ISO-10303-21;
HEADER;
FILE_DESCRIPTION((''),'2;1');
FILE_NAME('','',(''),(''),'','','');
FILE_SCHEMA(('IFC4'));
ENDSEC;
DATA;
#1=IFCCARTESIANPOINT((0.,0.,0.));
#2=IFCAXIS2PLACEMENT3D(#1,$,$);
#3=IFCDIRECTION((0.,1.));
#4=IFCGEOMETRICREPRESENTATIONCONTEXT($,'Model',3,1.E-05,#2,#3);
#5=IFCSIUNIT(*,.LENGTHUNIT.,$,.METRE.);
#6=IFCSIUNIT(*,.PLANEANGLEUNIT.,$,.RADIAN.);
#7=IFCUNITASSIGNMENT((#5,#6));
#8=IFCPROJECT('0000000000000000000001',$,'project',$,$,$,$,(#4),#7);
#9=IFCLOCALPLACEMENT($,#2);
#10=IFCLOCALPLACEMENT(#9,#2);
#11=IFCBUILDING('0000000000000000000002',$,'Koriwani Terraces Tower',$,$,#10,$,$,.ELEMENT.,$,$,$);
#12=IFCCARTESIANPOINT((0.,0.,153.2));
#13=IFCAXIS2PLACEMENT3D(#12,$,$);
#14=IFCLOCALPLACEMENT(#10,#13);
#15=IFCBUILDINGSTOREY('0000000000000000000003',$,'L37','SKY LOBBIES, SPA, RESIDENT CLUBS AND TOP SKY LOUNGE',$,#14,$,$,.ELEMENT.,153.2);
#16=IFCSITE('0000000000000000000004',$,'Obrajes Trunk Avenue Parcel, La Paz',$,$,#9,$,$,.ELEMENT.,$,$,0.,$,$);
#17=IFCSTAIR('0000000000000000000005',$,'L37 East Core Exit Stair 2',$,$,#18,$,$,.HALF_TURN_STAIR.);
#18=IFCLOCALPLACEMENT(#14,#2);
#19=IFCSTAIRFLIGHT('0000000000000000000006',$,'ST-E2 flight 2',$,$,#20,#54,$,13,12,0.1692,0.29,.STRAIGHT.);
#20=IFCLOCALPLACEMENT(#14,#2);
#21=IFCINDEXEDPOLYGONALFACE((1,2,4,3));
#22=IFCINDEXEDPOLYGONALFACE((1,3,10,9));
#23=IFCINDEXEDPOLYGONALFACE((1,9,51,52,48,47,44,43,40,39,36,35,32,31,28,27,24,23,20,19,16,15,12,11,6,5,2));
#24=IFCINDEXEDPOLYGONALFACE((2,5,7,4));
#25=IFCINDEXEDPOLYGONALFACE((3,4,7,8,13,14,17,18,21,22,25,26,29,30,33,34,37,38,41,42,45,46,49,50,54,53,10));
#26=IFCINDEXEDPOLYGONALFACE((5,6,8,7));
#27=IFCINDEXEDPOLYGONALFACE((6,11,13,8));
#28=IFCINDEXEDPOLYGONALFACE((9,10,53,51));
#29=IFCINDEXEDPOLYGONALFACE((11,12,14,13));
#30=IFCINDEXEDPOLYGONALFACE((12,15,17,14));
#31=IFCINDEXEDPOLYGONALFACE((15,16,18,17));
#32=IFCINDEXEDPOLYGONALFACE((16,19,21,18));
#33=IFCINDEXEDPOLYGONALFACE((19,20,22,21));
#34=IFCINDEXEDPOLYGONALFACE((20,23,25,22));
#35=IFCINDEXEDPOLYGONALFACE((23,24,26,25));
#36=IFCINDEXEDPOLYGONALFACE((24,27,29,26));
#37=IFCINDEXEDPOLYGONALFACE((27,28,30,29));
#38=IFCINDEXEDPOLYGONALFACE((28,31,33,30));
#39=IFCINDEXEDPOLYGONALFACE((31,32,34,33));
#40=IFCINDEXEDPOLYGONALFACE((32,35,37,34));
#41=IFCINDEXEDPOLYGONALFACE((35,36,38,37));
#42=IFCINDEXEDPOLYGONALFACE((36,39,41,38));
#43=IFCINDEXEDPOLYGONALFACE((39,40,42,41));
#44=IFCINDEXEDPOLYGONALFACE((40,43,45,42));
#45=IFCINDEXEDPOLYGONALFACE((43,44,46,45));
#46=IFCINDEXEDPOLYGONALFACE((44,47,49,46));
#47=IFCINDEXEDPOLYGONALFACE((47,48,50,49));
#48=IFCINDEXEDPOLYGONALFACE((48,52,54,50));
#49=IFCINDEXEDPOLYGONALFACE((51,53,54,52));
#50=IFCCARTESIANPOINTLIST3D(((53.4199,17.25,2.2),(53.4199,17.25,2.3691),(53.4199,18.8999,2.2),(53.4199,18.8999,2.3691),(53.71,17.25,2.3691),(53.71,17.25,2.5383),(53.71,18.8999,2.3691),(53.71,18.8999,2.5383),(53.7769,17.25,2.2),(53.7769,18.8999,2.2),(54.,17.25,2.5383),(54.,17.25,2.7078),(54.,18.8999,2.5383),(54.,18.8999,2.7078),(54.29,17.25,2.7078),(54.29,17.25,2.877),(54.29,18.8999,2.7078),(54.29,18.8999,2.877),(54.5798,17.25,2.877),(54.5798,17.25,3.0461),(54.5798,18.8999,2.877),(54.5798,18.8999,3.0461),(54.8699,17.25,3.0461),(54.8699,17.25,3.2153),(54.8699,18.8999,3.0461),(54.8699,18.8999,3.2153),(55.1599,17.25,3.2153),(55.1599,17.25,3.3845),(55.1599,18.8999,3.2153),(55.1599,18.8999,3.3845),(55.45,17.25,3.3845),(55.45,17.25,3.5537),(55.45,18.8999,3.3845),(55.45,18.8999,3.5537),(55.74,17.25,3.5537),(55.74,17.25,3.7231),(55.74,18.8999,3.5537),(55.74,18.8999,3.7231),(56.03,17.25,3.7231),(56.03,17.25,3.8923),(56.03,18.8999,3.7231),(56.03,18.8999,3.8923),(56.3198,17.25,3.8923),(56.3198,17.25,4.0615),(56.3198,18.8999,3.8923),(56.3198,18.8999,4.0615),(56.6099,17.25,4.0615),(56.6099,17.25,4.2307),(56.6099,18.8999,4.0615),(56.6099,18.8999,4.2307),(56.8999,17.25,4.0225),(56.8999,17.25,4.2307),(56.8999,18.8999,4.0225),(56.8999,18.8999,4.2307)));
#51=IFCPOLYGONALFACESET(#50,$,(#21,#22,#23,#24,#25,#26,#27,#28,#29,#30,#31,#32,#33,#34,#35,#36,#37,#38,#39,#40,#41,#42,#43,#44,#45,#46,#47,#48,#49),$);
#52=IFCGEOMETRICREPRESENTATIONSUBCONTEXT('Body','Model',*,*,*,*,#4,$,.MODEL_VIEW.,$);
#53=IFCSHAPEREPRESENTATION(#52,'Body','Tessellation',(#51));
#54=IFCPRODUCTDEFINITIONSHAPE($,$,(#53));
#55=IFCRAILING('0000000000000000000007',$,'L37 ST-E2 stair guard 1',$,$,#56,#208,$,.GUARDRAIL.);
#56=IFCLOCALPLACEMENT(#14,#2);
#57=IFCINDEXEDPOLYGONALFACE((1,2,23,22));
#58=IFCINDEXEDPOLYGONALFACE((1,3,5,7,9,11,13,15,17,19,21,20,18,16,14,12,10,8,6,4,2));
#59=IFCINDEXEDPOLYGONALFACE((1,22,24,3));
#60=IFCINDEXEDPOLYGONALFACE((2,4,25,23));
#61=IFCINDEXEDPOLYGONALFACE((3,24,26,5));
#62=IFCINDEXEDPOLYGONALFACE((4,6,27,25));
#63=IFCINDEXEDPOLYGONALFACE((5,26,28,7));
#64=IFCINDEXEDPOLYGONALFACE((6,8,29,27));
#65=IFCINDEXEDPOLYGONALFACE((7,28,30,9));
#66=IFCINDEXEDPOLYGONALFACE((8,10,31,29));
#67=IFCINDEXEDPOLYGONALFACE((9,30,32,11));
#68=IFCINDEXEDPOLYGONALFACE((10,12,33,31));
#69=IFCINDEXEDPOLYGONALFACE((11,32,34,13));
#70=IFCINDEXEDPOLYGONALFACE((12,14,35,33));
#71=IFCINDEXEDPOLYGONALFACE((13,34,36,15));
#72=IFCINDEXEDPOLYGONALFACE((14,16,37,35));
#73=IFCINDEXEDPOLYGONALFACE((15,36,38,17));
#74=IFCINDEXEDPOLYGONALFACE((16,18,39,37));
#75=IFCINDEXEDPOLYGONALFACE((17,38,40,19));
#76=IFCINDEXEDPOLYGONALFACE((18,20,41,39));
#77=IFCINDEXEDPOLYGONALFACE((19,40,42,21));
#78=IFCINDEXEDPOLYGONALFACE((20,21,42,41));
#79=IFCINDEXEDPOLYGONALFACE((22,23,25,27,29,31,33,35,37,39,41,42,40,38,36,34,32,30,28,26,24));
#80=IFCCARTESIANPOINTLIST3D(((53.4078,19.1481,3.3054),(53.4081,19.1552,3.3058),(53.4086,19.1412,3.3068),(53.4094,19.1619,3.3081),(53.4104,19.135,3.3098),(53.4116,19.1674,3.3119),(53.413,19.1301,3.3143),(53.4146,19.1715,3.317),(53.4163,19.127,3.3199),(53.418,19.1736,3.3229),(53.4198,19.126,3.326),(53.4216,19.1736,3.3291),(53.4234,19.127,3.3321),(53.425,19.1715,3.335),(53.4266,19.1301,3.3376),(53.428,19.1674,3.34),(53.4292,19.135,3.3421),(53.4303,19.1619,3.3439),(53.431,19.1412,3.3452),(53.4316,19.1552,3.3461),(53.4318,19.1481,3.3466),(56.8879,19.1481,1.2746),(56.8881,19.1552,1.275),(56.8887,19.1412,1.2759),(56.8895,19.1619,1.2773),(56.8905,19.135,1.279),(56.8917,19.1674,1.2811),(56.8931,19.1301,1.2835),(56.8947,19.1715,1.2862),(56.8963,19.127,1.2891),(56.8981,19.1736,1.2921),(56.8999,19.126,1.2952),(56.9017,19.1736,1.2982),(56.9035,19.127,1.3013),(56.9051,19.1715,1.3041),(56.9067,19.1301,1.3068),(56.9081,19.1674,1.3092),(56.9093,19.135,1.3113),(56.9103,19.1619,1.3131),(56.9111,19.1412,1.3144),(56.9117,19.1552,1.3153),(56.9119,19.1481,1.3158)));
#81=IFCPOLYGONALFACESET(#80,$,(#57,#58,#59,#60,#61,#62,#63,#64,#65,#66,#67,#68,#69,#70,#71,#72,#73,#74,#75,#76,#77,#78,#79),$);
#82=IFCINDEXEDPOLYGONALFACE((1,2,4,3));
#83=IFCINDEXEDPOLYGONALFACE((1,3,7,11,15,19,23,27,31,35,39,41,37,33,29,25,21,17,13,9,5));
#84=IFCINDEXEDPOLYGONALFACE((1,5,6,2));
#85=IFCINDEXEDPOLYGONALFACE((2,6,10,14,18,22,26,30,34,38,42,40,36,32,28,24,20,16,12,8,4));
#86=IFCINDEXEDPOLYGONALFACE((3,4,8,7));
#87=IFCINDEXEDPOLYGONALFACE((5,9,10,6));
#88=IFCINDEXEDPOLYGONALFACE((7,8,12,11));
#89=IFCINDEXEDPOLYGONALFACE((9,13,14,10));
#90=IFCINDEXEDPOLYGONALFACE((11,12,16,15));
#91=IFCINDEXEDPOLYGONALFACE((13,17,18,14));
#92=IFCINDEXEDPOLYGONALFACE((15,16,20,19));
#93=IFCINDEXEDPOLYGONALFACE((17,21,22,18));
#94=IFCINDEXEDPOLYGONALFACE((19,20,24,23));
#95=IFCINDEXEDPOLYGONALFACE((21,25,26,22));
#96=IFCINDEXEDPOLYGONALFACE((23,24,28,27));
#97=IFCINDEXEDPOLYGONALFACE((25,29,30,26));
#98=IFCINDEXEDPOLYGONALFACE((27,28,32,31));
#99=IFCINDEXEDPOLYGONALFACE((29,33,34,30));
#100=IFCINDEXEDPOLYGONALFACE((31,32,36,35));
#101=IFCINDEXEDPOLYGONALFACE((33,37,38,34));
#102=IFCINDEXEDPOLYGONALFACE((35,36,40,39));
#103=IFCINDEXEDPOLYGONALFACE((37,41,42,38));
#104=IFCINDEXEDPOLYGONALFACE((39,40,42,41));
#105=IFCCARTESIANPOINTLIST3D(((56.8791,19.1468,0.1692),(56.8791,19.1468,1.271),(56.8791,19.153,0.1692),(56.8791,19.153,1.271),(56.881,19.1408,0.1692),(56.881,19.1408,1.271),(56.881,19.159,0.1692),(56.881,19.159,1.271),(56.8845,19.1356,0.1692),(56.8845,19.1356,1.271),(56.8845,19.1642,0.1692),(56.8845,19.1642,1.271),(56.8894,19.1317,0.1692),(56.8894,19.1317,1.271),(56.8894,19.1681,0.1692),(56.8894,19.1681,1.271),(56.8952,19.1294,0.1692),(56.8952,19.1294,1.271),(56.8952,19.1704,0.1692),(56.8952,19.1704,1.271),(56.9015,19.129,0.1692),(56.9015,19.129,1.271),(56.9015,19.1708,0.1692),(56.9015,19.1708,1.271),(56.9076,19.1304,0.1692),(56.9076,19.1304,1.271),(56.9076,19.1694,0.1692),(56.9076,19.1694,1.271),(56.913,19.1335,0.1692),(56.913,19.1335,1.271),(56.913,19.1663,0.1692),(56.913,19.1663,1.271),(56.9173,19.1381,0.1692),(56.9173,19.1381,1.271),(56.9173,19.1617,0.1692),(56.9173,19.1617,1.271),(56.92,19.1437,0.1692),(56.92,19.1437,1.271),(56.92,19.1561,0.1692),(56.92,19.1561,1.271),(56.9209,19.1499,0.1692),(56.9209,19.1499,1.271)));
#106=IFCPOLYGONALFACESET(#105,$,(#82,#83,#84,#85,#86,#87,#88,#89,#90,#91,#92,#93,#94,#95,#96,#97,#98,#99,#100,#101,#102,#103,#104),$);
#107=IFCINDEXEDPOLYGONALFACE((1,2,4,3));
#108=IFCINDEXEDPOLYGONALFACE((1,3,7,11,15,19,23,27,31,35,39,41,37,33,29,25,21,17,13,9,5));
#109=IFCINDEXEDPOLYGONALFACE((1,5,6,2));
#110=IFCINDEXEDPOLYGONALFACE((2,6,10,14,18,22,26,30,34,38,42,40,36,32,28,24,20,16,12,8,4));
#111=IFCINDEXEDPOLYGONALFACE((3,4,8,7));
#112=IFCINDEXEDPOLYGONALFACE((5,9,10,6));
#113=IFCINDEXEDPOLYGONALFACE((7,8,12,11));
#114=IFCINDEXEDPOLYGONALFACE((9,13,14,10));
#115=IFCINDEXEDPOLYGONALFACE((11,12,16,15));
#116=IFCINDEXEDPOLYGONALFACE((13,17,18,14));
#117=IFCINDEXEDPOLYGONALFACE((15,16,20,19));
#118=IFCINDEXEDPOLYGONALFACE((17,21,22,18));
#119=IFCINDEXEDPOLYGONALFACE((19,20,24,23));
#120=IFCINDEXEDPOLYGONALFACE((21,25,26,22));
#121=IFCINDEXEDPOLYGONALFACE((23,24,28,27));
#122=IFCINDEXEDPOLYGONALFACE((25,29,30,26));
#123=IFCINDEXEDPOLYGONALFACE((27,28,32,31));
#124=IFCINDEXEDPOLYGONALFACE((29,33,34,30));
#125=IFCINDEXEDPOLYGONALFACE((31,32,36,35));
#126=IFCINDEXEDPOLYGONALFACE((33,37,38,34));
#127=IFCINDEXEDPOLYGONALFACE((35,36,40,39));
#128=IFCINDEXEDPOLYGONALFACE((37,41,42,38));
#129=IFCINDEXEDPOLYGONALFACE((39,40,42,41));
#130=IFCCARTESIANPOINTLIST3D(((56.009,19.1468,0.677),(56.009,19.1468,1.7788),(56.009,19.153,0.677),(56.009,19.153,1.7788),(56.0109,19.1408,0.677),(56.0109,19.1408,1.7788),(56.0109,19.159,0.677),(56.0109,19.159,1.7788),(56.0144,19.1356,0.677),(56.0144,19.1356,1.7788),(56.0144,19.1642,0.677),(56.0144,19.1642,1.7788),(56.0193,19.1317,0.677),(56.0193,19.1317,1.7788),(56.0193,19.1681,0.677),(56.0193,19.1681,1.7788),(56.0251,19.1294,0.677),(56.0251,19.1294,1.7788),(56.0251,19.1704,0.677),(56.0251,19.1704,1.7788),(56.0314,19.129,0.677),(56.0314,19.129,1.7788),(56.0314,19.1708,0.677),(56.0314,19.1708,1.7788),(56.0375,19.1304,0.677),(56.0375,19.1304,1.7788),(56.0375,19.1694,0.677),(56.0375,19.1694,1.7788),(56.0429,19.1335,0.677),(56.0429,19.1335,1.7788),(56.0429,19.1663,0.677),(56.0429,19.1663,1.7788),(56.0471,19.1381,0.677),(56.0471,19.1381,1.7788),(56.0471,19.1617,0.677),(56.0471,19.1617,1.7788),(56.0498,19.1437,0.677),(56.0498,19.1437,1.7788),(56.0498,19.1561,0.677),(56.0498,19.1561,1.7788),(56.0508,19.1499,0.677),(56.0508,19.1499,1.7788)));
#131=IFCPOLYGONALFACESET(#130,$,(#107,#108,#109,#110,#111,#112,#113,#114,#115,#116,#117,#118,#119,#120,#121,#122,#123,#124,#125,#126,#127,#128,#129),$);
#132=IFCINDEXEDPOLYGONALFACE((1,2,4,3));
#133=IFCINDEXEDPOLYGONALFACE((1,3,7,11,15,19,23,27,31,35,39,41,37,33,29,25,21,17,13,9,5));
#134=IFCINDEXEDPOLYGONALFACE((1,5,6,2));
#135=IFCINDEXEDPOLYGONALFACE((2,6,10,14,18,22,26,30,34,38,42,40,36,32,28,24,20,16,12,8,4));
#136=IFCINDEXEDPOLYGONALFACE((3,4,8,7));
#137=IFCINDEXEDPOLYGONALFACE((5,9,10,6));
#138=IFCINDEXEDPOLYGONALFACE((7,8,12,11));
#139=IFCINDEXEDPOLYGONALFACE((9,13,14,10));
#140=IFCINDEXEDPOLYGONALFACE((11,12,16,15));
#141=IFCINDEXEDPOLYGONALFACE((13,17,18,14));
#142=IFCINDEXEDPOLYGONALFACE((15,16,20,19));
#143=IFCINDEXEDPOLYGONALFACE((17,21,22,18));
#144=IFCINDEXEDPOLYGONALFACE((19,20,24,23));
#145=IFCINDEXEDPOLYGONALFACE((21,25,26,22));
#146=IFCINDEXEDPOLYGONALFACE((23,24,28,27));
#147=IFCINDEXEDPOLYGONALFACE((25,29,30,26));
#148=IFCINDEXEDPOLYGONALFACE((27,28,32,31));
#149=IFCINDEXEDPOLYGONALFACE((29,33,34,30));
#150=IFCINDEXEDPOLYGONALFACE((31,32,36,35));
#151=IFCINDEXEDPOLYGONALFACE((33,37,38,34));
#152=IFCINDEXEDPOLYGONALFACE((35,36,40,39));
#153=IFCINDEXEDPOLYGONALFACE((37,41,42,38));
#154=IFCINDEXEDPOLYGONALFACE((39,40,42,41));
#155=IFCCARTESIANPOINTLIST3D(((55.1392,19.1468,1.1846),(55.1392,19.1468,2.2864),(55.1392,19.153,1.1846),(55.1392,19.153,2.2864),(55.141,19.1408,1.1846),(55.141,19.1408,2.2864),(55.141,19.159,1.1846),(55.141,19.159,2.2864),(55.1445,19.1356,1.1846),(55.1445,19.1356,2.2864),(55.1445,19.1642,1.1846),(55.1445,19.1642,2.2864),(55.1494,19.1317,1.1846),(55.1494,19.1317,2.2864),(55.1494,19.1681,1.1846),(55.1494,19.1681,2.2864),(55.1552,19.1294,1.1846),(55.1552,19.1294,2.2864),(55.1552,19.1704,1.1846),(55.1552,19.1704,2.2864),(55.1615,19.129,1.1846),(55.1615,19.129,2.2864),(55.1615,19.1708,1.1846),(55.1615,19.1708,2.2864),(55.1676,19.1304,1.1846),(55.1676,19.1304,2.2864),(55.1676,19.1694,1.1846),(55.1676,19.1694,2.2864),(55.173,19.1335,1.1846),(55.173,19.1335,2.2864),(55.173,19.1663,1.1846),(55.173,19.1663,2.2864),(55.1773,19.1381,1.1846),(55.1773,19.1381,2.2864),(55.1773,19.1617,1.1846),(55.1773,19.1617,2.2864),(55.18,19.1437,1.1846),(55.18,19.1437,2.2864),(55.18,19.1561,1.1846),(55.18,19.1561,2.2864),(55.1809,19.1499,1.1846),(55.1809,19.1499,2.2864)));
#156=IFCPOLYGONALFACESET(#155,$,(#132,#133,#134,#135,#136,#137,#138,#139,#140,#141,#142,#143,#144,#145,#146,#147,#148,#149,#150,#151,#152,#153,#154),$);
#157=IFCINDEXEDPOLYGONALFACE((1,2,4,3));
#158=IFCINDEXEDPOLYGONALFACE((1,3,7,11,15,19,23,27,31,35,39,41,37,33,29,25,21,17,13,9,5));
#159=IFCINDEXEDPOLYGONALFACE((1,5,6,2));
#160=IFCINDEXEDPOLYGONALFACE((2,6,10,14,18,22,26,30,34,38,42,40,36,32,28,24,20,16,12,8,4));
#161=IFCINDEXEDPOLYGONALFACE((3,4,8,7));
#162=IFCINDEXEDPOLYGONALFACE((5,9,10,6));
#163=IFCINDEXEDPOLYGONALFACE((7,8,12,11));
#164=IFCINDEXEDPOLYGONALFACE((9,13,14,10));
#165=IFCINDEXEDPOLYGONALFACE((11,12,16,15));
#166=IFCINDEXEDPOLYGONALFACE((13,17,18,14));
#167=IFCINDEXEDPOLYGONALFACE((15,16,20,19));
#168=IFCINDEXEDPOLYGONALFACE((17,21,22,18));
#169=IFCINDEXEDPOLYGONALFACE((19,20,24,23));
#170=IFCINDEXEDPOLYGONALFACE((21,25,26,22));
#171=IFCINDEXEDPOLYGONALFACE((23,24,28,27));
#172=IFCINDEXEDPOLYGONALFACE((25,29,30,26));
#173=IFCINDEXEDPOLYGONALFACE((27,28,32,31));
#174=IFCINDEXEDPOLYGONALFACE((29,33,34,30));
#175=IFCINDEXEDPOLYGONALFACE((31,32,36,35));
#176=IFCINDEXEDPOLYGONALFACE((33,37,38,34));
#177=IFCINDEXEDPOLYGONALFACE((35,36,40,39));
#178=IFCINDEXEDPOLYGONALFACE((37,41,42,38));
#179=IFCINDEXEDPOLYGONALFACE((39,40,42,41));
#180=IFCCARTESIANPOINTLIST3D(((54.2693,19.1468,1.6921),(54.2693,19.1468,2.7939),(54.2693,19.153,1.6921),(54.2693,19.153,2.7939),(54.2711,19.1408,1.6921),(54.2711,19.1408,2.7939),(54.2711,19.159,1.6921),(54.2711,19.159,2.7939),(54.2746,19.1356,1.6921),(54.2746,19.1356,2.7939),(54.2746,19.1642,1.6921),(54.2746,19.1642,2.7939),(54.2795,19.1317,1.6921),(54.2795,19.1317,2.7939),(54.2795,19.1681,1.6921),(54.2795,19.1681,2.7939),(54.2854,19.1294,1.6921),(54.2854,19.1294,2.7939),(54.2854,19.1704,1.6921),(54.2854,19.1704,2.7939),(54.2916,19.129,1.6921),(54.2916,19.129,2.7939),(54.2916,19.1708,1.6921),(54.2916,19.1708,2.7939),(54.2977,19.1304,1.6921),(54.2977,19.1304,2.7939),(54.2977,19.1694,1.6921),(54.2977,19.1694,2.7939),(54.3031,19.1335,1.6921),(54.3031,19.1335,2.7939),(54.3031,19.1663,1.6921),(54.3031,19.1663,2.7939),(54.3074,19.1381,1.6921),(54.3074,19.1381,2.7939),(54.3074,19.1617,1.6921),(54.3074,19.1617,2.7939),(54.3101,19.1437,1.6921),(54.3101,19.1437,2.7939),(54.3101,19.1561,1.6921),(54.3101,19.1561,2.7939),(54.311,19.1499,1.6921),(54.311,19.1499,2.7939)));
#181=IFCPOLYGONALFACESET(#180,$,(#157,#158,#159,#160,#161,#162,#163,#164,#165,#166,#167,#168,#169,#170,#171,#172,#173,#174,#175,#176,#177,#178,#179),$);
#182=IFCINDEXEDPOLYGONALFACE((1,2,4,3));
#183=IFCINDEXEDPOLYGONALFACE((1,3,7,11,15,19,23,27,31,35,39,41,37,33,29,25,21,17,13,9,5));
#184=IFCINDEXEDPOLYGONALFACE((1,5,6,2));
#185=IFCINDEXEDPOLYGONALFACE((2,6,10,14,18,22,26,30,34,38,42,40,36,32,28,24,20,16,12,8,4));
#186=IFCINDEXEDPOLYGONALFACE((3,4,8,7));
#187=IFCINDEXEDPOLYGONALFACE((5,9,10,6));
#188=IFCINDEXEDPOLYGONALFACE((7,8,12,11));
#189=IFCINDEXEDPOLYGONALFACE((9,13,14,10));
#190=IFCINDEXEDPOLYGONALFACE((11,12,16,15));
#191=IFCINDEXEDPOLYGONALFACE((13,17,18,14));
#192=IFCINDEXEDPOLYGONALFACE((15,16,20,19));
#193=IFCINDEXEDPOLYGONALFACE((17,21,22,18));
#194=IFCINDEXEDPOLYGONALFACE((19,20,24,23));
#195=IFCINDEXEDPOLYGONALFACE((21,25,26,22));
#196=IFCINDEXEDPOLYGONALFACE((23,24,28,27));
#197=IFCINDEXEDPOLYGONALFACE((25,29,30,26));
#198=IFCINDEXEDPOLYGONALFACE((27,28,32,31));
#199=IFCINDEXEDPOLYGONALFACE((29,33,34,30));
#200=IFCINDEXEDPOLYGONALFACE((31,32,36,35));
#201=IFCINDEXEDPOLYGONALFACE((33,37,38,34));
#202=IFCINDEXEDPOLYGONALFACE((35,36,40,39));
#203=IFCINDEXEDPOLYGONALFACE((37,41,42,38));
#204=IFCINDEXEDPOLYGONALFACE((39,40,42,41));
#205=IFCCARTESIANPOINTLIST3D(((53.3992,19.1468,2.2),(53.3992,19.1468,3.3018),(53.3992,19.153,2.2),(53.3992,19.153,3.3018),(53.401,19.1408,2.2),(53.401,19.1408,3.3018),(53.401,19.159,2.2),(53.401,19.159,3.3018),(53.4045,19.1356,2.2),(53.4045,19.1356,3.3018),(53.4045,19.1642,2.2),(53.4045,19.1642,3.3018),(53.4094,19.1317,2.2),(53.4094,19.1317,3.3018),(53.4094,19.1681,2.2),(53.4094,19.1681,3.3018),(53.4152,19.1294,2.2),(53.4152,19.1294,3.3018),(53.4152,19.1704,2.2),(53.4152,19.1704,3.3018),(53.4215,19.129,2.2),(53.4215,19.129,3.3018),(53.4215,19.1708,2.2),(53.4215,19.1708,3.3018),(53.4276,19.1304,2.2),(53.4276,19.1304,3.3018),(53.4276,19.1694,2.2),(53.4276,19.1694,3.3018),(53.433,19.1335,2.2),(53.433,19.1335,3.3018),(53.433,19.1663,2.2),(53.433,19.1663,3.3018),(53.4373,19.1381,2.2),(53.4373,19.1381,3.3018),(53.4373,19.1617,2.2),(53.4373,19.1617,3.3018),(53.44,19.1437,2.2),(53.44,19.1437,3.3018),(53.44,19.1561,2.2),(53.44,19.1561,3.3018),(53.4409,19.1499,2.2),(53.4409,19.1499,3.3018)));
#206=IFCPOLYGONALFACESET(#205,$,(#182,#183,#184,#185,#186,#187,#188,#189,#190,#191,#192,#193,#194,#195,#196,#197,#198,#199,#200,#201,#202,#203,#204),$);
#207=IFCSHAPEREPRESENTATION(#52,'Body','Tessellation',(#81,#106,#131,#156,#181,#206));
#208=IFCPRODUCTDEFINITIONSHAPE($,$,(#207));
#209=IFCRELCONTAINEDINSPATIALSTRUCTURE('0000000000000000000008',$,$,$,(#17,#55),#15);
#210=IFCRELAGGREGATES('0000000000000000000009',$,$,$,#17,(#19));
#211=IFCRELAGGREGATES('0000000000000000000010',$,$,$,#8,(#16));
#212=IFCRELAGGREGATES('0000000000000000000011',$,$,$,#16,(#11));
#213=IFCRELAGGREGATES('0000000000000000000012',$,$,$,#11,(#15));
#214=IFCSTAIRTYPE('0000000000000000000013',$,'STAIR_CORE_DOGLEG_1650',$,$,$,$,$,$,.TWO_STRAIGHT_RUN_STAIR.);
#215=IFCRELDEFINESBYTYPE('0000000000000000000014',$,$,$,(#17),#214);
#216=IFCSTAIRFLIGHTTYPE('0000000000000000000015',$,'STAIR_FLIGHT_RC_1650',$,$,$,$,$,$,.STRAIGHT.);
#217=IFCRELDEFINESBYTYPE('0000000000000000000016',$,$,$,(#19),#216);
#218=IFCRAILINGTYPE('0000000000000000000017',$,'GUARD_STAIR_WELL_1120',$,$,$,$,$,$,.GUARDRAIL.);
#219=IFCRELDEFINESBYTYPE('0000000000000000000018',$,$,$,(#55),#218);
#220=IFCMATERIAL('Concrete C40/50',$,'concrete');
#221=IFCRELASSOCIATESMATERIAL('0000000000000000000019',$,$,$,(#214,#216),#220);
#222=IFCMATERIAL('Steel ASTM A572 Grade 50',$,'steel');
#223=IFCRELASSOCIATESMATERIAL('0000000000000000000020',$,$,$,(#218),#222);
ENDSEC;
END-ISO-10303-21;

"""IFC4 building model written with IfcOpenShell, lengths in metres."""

from ifc_helpers import new_model, si_unit, direction, frame, origin, origin_2d, place, context, subcontext, project, spatial, polyline, circle, outline, extrude, material, type_object, element, aggregate, save


model = new_model("IFC4")

# Units and contexts
model_context = context("Model", 3, precision=1e-05, world=origin(), true_north=direction((0.0, 1.0)))
body_context = subcontext(model_context, "Body", "Model", "MODEL_VIEW")
ifc_project = project(units=[si_unit("LENGTHUNIT", "METRE"), si_unit("PLANEANGLEUNIT", "RADIAN")], contexts=[model_context])

# Site, building, storey
site_placement = place(None, origin())
site = spatial("IfcSite", under=ifc_project, at=site_placement, Name="Obrajes Trunk Avenue Parcel, La Paz", CompositionType="ELEMENT", RefElevation=0.0)
building_placement = place(site_placement, origin())
building = spatial("IfcBuilding", under=site, at=building_placement, Name="Koriwani Terraces Tower", CompositionType="ELEMENT")
storey_placement = place(building_placement, frame((0.0, 0.0, 153.2)))
storey = spatial("IfcBuildingStorey", under=building, at=storey_placement, Name="L37", Description="SKY LOBBIES, SPA, RESIDENT CLUBS AND TOP SKY LOUNGE", CompositionType="ELEMENT", Elevation=153.2)

# Shared definitions
ifc_material_1 = material(Name="Concrete C40/50", Category="concrete")
ifc_material_2 = material(Name="Steel ASTM A572 Grade 50", Category="steel")

# Stair, stair flight
stair_type = type_object("IfcStairType", Name="STAIR_CORE_DOGLEG_1650", PredefinedType="TWO_STRAIGHT_RUN_STAIR", material=ifc_material_1)
stair_placement = place(storey_placement, origin())
stair = element("IfcStair", 1, at=stair_placement, inside=storey, type_object=stair_type, Name="L37 East Core Exit Stair 2", PredefinedType="HALF_TURN_STAIR")
stair_flight_type = type_object("IfcStairFlightType", Name="STAIR_FLIGHT_RC_1650", PredefinedType="STRAIGHT", material=ifc_material_1)
stair_flight_1_placement = place(storey_placement, frame((53.4199, 18.075, 2.2), z_axis=(0.0, 0.0, 1.0), x_axis=(1.0, 0.0, 0.0)))
stair_flight_1 = element("IfcStairFlight", 2, at=stair_flight_1_placement, type_object=stair_flight_type, Name="ST-E2 flight 2", NumberOfRisers=13, NumberOfTreads=12, PredefinedType="STRAIGHT", RiserHeight=0.1692, TreadLength=0.29, context=body_context, shape_type="SweptSolid", body=[
    extrude(outline(polyline([(0.0, 0.0), (0.0, 0.1692), (0.29, 0.1692), (0.29, 0.3384), (0.5801, 0.3384), (0.5801, 0.5078), (0.8701, 0.5078), (0.8701, 0.677), (1.1599, 0.677), (1.1599, 0.8462), (1.45, 0.8462), (1.45, 1.0154), (1.74, 1.0154), (1.74, 1.1846), (2.03, 1.1846), (2.03, 1.3538), (2.3201, 1.3538), (2.3201, 1.5232), (2.6101, 1.5232), (2.6101, 1.6924), (2.8999, 1.6924), (2.8999, 1.8616), (3.1899, 1.8616), (3.1899, 2.0308), (3.48, 2.0308), (3.48, 2.2), (3.48, 1.8225), (0.3569, 0.0), (0.0, 0.0)])), frame((0.0, 0.825, 0.0), z_axis=(0.0, -1.0, 0.0), x_axis=(1.0, 0.0, 0.0)), (0.0, 0.0, 1.0), 1.6499),
])
aggregate(stair, [stair_flight_1])

# Railing
railing_type_1 = type_object("IfcRailingType", Name="GUARD_STAIR_WELL_1120", PredefinedType="GUARDRAIL", material=ifc_material_2)
railing_1_placement = place(storey_placement, frame((56.8999, 19.1499, 0.1692)))
element("IfcRailing", 3, at=railing_1_placement, inside=storey, type_object=railing_type_1, Name="L37 ST-E2 stair guard 1", PredefinedType="GUARDRAIL", context=body_context, shape_type="SweptSolid", body=[
    extrude(circle(Radius=0.0239, at=origin_2d()), frame((0.0, 0.0, 1.126), z_axis=(-0.863695, 0.0, 0.504014), x_axis=(0.0, -1.0, 0.0)), (0.0, 0.0, 1.0), 4.0293),
    extrude(circle(Radius=0.021, at=origin_2d()), origin(), (0.0, 0.0, 1.0), 1.1018),
    extrude(circle(Radius=0.021, at=origin_2d()), frame((-0.8701, 0.0, 0.5078)), (0.0, 0.0, 1.0), 1.1018),
    extrude(circle(Radius=0.021, at=origin_2d()), frame((-1.74, 0.0, 1.0154)), (0.0, 0.0, 1.0), 1.1018),
    extrude(circle(Radius=0.021, at=origin_2d()), frame((-2.6099, 0.0, 1.5229)), (0.0, 0.0, 1.0), 1.1018),
    extrude(circle(Radius=0.021, at=origin_2d()), frame((-3.48, 0.0, 2.0308)), (0.0, 0.0, 1.0), 1.1018),
])

save(model, "model.ifc")
